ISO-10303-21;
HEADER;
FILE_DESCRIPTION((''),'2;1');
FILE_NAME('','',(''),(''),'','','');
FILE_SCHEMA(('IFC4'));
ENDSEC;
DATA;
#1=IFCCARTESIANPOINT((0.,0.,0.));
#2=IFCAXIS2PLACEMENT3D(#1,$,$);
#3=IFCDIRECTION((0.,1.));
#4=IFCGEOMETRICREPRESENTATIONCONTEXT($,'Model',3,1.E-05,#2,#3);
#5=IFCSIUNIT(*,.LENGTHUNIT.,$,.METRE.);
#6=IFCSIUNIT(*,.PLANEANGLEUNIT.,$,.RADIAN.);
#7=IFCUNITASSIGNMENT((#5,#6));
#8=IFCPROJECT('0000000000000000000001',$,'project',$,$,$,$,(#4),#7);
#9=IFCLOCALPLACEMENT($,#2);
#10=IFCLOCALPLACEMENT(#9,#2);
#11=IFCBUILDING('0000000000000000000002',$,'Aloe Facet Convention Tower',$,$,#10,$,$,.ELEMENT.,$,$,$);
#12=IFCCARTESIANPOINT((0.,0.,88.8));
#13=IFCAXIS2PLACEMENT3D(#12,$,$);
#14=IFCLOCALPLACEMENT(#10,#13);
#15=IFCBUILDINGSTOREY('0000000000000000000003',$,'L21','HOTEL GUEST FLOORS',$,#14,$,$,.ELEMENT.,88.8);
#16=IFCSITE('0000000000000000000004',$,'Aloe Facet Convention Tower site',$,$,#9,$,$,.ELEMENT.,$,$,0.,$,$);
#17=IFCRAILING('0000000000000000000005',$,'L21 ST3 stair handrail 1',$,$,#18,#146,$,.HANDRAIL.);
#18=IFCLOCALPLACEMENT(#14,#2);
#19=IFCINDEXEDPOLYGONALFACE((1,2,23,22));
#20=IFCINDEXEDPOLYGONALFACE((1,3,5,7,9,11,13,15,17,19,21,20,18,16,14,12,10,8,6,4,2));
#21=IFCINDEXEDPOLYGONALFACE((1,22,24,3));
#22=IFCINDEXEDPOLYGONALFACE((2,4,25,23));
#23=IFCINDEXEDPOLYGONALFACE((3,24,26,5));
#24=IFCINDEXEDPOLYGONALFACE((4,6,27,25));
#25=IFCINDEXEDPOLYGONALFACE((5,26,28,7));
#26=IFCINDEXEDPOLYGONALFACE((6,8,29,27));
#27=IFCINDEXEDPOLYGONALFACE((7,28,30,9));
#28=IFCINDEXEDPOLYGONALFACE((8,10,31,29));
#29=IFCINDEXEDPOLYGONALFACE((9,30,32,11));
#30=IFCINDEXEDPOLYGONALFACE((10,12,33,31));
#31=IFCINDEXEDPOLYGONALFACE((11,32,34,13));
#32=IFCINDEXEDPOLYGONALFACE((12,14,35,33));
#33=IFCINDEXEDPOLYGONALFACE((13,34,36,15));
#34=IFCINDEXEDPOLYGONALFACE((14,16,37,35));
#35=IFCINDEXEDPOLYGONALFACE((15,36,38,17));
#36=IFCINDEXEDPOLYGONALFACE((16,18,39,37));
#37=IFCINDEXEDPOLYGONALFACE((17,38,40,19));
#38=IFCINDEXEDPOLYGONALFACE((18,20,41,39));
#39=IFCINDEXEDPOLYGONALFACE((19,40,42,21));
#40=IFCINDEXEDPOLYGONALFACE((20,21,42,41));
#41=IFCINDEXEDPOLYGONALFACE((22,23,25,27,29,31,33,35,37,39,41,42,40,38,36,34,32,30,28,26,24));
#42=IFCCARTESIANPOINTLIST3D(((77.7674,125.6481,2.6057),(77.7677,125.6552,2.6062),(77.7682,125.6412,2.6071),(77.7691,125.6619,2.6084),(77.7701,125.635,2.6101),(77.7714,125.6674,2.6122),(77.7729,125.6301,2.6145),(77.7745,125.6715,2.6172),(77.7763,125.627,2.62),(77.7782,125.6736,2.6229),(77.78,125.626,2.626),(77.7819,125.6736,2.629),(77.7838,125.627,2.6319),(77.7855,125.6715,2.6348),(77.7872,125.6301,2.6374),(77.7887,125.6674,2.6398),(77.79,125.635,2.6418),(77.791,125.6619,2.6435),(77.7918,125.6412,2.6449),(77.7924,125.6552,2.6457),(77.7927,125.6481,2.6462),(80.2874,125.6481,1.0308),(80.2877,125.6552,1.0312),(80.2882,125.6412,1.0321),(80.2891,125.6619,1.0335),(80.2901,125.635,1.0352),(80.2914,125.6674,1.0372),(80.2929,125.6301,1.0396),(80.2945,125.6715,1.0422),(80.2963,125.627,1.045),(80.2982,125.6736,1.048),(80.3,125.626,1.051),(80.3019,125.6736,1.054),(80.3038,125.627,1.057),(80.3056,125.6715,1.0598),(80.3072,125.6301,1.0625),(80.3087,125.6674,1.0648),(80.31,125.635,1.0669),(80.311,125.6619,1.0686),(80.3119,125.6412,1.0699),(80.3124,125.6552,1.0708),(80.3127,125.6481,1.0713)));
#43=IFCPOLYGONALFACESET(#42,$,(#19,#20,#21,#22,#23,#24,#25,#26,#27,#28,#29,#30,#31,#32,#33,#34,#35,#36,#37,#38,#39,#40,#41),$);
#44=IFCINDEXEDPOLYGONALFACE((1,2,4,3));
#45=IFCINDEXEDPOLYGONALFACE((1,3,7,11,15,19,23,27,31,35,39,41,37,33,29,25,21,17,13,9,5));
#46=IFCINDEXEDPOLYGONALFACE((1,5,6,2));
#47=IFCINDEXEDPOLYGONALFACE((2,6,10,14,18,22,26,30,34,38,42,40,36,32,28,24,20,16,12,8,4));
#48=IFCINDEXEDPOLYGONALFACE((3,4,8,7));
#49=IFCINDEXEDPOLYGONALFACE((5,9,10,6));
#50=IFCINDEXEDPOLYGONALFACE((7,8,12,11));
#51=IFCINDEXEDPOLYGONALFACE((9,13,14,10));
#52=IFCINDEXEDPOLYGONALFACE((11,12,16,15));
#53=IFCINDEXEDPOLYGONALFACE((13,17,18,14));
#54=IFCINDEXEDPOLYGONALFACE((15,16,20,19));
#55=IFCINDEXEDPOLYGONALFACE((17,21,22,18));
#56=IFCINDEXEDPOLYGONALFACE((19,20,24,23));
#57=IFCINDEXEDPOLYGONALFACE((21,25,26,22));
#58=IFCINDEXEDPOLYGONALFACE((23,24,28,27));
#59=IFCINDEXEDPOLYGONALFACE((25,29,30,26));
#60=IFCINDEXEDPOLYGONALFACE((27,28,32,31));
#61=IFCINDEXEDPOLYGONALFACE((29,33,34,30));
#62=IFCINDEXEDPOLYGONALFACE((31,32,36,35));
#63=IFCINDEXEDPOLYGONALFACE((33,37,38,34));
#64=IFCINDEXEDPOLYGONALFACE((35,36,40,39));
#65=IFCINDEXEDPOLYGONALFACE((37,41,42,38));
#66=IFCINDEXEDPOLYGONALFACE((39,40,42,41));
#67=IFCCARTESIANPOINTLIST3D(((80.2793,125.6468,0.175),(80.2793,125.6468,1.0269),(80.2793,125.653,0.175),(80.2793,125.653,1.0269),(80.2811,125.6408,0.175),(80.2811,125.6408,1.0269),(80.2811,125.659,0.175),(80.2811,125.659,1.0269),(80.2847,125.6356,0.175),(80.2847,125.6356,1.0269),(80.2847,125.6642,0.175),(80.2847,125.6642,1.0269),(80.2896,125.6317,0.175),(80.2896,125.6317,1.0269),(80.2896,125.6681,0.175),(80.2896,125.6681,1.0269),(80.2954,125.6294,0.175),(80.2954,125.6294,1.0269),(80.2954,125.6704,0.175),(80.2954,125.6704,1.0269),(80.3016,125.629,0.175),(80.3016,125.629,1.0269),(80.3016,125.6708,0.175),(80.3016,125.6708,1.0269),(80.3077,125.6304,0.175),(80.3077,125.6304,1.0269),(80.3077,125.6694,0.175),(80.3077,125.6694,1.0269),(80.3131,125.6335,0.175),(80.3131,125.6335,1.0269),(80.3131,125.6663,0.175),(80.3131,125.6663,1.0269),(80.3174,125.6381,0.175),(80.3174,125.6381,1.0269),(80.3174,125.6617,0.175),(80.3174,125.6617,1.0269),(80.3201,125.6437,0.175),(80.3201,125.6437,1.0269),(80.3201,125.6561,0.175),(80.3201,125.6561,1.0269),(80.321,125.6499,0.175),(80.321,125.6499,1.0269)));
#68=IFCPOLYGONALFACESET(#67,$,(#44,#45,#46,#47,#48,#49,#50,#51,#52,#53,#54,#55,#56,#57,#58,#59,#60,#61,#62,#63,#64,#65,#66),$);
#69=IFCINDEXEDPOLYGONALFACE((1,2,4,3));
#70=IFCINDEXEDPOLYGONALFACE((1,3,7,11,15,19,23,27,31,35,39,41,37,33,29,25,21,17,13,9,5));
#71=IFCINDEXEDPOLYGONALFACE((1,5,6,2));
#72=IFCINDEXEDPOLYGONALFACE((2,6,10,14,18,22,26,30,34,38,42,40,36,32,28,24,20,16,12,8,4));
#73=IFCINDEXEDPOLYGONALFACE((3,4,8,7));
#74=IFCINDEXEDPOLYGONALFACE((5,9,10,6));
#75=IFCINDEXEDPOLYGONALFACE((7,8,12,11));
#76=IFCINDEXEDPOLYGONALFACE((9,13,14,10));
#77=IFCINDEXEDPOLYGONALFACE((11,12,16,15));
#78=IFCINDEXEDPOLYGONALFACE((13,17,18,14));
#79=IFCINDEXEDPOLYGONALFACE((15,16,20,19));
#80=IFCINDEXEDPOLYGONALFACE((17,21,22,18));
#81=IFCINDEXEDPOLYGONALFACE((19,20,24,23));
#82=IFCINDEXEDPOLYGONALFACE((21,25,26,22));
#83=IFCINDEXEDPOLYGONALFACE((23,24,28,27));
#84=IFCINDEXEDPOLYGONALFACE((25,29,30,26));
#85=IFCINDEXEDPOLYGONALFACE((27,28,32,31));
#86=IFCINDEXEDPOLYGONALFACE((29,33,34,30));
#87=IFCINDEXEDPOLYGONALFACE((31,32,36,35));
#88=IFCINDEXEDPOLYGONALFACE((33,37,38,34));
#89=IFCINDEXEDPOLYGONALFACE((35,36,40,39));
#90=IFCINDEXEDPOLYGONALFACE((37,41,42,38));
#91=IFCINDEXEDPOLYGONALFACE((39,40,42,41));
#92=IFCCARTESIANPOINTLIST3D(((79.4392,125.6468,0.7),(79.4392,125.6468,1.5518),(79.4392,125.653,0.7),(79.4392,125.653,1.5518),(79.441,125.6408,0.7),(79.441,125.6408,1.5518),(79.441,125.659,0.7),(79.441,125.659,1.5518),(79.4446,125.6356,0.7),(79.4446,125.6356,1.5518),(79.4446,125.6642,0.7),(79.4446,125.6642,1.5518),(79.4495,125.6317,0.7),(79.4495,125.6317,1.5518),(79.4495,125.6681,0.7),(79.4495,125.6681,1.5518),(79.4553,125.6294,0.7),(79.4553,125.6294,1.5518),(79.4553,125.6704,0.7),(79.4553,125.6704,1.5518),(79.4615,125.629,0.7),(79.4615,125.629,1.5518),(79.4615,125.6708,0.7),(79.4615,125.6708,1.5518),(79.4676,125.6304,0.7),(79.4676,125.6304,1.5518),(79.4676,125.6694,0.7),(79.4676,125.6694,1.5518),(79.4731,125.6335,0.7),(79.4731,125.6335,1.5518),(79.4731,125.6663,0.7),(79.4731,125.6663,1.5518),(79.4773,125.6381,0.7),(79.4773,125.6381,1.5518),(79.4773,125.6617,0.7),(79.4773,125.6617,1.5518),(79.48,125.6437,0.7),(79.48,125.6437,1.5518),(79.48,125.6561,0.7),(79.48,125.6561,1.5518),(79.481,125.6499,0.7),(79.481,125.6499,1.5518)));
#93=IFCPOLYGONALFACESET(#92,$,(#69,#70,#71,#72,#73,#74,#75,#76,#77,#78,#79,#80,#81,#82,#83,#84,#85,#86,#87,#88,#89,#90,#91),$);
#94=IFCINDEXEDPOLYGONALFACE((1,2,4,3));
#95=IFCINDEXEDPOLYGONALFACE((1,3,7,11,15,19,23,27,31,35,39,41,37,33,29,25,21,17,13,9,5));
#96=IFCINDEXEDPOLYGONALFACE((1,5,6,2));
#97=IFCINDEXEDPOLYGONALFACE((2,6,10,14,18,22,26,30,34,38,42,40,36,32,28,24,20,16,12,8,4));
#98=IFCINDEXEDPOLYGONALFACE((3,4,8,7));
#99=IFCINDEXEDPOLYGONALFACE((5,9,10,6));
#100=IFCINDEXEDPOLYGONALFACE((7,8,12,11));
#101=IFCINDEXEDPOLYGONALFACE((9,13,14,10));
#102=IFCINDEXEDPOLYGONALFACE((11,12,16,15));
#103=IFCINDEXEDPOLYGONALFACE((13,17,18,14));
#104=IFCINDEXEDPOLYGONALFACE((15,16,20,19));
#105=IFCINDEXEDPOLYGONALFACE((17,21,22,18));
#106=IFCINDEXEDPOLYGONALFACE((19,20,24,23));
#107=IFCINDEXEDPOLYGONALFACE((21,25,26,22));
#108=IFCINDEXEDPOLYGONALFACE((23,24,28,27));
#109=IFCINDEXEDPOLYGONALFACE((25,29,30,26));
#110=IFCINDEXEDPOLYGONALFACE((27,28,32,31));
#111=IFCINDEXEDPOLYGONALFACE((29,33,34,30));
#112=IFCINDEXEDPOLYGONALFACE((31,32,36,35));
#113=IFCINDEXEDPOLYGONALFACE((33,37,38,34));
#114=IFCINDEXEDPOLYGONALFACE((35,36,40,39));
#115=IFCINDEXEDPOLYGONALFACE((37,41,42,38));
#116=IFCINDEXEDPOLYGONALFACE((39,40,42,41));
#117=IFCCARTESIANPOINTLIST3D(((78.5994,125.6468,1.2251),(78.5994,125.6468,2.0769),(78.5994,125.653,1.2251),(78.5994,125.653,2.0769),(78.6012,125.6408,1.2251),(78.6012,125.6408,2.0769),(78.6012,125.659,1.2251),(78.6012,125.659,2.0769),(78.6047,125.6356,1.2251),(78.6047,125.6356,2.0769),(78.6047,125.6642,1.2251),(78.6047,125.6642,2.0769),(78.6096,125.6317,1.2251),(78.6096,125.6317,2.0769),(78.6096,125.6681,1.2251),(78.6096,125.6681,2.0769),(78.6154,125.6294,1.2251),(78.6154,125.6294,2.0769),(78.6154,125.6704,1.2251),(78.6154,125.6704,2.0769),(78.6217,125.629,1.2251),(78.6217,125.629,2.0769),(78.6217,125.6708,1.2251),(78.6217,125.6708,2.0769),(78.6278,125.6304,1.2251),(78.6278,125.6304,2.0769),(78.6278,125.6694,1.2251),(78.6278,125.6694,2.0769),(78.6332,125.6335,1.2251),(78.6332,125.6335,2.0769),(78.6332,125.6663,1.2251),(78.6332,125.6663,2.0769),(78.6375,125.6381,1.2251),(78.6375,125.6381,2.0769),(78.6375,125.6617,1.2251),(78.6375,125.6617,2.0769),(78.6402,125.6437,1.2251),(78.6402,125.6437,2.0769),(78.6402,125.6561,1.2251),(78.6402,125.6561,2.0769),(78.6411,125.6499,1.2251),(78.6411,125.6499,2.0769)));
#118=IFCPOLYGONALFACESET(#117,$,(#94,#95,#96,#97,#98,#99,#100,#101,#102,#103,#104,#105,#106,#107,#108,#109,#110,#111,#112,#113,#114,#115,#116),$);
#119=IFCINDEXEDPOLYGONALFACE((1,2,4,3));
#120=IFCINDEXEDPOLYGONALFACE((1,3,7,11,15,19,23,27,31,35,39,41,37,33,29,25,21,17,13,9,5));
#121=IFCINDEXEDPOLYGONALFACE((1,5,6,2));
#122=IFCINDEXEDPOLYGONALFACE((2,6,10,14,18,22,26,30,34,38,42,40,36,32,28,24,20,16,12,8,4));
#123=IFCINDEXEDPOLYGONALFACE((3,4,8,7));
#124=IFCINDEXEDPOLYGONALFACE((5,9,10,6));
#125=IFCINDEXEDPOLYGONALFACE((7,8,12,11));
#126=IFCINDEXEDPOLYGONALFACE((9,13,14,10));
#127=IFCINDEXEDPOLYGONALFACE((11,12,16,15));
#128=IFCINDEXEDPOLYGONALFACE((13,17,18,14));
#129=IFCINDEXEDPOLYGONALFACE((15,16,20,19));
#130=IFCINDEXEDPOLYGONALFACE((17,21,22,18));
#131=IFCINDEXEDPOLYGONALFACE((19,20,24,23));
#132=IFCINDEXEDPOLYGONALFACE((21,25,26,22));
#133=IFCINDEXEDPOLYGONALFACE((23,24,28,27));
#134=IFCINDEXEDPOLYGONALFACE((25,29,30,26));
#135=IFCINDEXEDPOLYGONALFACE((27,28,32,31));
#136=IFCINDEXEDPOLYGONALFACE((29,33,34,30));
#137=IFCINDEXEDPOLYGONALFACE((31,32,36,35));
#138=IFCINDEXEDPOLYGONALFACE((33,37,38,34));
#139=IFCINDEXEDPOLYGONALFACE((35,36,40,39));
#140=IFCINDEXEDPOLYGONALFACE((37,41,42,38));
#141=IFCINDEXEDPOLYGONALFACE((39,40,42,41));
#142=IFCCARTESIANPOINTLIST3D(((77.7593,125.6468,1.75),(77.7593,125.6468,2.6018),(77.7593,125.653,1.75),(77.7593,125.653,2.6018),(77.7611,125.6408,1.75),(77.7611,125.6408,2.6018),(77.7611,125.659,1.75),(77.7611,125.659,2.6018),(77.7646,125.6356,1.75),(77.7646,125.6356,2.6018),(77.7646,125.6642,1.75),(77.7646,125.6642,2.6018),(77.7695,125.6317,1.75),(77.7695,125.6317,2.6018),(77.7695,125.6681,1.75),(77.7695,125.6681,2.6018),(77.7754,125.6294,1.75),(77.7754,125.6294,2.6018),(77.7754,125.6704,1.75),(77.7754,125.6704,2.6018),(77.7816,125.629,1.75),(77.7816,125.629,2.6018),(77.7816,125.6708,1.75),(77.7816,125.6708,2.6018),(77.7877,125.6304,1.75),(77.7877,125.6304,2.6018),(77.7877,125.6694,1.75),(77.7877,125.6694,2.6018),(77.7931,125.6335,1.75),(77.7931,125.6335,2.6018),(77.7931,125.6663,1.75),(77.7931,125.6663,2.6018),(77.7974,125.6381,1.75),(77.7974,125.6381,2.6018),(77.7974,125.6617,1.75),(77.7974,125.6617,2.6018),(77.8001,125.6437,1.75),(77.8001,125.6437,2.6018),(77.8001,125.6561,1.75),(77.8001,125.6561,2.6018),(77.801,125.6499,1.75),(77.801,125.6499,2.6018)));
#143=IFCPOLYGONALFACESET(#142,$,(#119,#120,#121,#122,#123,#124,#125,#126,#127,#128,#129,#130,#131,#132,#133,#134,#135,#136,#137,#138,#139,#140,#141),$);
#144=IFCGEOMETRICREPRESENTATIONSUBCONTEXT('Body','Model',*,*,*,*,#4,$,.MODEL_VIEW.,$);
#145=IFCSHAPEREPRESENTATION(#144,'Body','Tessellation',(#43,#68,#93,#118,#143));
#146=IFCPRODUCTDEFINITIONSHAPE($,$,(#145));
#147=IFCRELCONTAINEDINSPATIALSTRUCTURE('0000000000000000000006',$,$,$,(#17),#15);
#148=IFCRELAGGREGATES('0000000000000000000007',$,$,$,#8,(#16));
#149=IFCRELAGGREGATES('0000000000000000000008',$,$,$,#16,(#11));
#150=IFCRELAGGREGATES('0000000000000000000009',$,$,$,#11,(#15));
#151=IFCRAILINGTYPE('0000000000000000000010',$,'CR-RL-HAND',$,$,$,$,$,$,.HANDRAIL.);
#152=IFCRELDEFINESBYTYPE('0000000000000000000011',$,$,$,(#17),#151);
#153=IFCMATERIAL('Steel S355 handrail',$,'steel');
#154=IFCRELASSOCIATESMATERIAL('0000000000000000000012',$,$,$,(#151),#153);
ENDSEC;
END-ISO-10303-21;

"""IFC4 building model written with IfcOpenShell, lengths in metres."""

from ifc_helpers import new_model, si_unit, direction, frame, origin, origin_2d, place, context, subcontext, project, spatial, circle, extrude, material, type_object, element, save


model = new_model("IFC4")

# Units and contexts
model_context = context("Model", 3, precision=1e-05, world=origin(), true_north=direction((0.0, 1.0)))
body_context = subcontext(model_context, "Body", "Model", "MODEL_VIEW")
ifc_project = project(units=[si_unit("LENGTHUNIT", "METRE"), si_unit("PLANEANGLEUNIT", "RADIAN")], contexts=[model_context])

# Site, building, storey
site_placement = place(None, origin())
site = spatial("IfcSite", under=ifc_project, at=site_placement, Name="Aloe Facet Convention Tower site", CompositionType="ELEMENT", RefElevation=0.0)
building_placement = place(site_placement, origin())
building = spatial("IfcBuilding", under=site, at=building_placement, Name="Aloe Facet Convention Tower", CompositionType="ELEMENT")
storey_placement = place(building_placement, frame((0.0, 0.0, 88.8)))
storey = spatial("IfcBuildingStorey", under=building, at=storey_placement, Name="L21", Description="HOTEL GUEST FLOORS", CompositionType="ELEMENT", Elevation=88.8)

# Railing
ifc_material_1 = material(Name="Steel S355 handrail", Category="steel")
railing_type_1 = type_object("IfcRailingType", Name="CR-RL-HAND", PredefinedType="HANDRAIL", material=ifc_material_1)
railing_1_placement = place(storey_placement, frame((80.3, 125.6499, 0.175)))
element("IfcRailing", 1, at=railing_1_placement, inside=storey, type_object=railing_type_1, Name="L21 ST3 stair handrail 1", PredefinedType="HANDRAIL", context=body_context, shape_type="SweptSolid", body=[
    extrude(circle(Radius=0.0239, at=origin_2d()), frame((0.0, 0.0, 0.876), z_axis=(-0.848008, 0.0, 0.529984), x_axis=(0.0, -1.0, 0.0)), (0.0, 0.0, 1.0), 2.9717),
    extrude(circle(Radius=0.021, at=origin_2d()), origin(), (0.0, 0.0, 1.0), 0.8518),
    extrude(circle(Radius=0.021, at=origin_2d()), frame((-0.8401, 0.0, 0.5249)), (0.0, 0.0, 1.0), 0.8518),
    extrude(circle(Radius=0.021, at=origin_2d()), frame((-1.6799, 0.0, 1.05)), (0.0, 0.0, 1.0), 0.8518),
    extrude(circle(Radius=0.021, at=origin_2d()), frame((-2.52, 0.0, 1.575)), (0.0, 0.0, 1.0), 0.8518),
])

save(model, "model.ifc")
